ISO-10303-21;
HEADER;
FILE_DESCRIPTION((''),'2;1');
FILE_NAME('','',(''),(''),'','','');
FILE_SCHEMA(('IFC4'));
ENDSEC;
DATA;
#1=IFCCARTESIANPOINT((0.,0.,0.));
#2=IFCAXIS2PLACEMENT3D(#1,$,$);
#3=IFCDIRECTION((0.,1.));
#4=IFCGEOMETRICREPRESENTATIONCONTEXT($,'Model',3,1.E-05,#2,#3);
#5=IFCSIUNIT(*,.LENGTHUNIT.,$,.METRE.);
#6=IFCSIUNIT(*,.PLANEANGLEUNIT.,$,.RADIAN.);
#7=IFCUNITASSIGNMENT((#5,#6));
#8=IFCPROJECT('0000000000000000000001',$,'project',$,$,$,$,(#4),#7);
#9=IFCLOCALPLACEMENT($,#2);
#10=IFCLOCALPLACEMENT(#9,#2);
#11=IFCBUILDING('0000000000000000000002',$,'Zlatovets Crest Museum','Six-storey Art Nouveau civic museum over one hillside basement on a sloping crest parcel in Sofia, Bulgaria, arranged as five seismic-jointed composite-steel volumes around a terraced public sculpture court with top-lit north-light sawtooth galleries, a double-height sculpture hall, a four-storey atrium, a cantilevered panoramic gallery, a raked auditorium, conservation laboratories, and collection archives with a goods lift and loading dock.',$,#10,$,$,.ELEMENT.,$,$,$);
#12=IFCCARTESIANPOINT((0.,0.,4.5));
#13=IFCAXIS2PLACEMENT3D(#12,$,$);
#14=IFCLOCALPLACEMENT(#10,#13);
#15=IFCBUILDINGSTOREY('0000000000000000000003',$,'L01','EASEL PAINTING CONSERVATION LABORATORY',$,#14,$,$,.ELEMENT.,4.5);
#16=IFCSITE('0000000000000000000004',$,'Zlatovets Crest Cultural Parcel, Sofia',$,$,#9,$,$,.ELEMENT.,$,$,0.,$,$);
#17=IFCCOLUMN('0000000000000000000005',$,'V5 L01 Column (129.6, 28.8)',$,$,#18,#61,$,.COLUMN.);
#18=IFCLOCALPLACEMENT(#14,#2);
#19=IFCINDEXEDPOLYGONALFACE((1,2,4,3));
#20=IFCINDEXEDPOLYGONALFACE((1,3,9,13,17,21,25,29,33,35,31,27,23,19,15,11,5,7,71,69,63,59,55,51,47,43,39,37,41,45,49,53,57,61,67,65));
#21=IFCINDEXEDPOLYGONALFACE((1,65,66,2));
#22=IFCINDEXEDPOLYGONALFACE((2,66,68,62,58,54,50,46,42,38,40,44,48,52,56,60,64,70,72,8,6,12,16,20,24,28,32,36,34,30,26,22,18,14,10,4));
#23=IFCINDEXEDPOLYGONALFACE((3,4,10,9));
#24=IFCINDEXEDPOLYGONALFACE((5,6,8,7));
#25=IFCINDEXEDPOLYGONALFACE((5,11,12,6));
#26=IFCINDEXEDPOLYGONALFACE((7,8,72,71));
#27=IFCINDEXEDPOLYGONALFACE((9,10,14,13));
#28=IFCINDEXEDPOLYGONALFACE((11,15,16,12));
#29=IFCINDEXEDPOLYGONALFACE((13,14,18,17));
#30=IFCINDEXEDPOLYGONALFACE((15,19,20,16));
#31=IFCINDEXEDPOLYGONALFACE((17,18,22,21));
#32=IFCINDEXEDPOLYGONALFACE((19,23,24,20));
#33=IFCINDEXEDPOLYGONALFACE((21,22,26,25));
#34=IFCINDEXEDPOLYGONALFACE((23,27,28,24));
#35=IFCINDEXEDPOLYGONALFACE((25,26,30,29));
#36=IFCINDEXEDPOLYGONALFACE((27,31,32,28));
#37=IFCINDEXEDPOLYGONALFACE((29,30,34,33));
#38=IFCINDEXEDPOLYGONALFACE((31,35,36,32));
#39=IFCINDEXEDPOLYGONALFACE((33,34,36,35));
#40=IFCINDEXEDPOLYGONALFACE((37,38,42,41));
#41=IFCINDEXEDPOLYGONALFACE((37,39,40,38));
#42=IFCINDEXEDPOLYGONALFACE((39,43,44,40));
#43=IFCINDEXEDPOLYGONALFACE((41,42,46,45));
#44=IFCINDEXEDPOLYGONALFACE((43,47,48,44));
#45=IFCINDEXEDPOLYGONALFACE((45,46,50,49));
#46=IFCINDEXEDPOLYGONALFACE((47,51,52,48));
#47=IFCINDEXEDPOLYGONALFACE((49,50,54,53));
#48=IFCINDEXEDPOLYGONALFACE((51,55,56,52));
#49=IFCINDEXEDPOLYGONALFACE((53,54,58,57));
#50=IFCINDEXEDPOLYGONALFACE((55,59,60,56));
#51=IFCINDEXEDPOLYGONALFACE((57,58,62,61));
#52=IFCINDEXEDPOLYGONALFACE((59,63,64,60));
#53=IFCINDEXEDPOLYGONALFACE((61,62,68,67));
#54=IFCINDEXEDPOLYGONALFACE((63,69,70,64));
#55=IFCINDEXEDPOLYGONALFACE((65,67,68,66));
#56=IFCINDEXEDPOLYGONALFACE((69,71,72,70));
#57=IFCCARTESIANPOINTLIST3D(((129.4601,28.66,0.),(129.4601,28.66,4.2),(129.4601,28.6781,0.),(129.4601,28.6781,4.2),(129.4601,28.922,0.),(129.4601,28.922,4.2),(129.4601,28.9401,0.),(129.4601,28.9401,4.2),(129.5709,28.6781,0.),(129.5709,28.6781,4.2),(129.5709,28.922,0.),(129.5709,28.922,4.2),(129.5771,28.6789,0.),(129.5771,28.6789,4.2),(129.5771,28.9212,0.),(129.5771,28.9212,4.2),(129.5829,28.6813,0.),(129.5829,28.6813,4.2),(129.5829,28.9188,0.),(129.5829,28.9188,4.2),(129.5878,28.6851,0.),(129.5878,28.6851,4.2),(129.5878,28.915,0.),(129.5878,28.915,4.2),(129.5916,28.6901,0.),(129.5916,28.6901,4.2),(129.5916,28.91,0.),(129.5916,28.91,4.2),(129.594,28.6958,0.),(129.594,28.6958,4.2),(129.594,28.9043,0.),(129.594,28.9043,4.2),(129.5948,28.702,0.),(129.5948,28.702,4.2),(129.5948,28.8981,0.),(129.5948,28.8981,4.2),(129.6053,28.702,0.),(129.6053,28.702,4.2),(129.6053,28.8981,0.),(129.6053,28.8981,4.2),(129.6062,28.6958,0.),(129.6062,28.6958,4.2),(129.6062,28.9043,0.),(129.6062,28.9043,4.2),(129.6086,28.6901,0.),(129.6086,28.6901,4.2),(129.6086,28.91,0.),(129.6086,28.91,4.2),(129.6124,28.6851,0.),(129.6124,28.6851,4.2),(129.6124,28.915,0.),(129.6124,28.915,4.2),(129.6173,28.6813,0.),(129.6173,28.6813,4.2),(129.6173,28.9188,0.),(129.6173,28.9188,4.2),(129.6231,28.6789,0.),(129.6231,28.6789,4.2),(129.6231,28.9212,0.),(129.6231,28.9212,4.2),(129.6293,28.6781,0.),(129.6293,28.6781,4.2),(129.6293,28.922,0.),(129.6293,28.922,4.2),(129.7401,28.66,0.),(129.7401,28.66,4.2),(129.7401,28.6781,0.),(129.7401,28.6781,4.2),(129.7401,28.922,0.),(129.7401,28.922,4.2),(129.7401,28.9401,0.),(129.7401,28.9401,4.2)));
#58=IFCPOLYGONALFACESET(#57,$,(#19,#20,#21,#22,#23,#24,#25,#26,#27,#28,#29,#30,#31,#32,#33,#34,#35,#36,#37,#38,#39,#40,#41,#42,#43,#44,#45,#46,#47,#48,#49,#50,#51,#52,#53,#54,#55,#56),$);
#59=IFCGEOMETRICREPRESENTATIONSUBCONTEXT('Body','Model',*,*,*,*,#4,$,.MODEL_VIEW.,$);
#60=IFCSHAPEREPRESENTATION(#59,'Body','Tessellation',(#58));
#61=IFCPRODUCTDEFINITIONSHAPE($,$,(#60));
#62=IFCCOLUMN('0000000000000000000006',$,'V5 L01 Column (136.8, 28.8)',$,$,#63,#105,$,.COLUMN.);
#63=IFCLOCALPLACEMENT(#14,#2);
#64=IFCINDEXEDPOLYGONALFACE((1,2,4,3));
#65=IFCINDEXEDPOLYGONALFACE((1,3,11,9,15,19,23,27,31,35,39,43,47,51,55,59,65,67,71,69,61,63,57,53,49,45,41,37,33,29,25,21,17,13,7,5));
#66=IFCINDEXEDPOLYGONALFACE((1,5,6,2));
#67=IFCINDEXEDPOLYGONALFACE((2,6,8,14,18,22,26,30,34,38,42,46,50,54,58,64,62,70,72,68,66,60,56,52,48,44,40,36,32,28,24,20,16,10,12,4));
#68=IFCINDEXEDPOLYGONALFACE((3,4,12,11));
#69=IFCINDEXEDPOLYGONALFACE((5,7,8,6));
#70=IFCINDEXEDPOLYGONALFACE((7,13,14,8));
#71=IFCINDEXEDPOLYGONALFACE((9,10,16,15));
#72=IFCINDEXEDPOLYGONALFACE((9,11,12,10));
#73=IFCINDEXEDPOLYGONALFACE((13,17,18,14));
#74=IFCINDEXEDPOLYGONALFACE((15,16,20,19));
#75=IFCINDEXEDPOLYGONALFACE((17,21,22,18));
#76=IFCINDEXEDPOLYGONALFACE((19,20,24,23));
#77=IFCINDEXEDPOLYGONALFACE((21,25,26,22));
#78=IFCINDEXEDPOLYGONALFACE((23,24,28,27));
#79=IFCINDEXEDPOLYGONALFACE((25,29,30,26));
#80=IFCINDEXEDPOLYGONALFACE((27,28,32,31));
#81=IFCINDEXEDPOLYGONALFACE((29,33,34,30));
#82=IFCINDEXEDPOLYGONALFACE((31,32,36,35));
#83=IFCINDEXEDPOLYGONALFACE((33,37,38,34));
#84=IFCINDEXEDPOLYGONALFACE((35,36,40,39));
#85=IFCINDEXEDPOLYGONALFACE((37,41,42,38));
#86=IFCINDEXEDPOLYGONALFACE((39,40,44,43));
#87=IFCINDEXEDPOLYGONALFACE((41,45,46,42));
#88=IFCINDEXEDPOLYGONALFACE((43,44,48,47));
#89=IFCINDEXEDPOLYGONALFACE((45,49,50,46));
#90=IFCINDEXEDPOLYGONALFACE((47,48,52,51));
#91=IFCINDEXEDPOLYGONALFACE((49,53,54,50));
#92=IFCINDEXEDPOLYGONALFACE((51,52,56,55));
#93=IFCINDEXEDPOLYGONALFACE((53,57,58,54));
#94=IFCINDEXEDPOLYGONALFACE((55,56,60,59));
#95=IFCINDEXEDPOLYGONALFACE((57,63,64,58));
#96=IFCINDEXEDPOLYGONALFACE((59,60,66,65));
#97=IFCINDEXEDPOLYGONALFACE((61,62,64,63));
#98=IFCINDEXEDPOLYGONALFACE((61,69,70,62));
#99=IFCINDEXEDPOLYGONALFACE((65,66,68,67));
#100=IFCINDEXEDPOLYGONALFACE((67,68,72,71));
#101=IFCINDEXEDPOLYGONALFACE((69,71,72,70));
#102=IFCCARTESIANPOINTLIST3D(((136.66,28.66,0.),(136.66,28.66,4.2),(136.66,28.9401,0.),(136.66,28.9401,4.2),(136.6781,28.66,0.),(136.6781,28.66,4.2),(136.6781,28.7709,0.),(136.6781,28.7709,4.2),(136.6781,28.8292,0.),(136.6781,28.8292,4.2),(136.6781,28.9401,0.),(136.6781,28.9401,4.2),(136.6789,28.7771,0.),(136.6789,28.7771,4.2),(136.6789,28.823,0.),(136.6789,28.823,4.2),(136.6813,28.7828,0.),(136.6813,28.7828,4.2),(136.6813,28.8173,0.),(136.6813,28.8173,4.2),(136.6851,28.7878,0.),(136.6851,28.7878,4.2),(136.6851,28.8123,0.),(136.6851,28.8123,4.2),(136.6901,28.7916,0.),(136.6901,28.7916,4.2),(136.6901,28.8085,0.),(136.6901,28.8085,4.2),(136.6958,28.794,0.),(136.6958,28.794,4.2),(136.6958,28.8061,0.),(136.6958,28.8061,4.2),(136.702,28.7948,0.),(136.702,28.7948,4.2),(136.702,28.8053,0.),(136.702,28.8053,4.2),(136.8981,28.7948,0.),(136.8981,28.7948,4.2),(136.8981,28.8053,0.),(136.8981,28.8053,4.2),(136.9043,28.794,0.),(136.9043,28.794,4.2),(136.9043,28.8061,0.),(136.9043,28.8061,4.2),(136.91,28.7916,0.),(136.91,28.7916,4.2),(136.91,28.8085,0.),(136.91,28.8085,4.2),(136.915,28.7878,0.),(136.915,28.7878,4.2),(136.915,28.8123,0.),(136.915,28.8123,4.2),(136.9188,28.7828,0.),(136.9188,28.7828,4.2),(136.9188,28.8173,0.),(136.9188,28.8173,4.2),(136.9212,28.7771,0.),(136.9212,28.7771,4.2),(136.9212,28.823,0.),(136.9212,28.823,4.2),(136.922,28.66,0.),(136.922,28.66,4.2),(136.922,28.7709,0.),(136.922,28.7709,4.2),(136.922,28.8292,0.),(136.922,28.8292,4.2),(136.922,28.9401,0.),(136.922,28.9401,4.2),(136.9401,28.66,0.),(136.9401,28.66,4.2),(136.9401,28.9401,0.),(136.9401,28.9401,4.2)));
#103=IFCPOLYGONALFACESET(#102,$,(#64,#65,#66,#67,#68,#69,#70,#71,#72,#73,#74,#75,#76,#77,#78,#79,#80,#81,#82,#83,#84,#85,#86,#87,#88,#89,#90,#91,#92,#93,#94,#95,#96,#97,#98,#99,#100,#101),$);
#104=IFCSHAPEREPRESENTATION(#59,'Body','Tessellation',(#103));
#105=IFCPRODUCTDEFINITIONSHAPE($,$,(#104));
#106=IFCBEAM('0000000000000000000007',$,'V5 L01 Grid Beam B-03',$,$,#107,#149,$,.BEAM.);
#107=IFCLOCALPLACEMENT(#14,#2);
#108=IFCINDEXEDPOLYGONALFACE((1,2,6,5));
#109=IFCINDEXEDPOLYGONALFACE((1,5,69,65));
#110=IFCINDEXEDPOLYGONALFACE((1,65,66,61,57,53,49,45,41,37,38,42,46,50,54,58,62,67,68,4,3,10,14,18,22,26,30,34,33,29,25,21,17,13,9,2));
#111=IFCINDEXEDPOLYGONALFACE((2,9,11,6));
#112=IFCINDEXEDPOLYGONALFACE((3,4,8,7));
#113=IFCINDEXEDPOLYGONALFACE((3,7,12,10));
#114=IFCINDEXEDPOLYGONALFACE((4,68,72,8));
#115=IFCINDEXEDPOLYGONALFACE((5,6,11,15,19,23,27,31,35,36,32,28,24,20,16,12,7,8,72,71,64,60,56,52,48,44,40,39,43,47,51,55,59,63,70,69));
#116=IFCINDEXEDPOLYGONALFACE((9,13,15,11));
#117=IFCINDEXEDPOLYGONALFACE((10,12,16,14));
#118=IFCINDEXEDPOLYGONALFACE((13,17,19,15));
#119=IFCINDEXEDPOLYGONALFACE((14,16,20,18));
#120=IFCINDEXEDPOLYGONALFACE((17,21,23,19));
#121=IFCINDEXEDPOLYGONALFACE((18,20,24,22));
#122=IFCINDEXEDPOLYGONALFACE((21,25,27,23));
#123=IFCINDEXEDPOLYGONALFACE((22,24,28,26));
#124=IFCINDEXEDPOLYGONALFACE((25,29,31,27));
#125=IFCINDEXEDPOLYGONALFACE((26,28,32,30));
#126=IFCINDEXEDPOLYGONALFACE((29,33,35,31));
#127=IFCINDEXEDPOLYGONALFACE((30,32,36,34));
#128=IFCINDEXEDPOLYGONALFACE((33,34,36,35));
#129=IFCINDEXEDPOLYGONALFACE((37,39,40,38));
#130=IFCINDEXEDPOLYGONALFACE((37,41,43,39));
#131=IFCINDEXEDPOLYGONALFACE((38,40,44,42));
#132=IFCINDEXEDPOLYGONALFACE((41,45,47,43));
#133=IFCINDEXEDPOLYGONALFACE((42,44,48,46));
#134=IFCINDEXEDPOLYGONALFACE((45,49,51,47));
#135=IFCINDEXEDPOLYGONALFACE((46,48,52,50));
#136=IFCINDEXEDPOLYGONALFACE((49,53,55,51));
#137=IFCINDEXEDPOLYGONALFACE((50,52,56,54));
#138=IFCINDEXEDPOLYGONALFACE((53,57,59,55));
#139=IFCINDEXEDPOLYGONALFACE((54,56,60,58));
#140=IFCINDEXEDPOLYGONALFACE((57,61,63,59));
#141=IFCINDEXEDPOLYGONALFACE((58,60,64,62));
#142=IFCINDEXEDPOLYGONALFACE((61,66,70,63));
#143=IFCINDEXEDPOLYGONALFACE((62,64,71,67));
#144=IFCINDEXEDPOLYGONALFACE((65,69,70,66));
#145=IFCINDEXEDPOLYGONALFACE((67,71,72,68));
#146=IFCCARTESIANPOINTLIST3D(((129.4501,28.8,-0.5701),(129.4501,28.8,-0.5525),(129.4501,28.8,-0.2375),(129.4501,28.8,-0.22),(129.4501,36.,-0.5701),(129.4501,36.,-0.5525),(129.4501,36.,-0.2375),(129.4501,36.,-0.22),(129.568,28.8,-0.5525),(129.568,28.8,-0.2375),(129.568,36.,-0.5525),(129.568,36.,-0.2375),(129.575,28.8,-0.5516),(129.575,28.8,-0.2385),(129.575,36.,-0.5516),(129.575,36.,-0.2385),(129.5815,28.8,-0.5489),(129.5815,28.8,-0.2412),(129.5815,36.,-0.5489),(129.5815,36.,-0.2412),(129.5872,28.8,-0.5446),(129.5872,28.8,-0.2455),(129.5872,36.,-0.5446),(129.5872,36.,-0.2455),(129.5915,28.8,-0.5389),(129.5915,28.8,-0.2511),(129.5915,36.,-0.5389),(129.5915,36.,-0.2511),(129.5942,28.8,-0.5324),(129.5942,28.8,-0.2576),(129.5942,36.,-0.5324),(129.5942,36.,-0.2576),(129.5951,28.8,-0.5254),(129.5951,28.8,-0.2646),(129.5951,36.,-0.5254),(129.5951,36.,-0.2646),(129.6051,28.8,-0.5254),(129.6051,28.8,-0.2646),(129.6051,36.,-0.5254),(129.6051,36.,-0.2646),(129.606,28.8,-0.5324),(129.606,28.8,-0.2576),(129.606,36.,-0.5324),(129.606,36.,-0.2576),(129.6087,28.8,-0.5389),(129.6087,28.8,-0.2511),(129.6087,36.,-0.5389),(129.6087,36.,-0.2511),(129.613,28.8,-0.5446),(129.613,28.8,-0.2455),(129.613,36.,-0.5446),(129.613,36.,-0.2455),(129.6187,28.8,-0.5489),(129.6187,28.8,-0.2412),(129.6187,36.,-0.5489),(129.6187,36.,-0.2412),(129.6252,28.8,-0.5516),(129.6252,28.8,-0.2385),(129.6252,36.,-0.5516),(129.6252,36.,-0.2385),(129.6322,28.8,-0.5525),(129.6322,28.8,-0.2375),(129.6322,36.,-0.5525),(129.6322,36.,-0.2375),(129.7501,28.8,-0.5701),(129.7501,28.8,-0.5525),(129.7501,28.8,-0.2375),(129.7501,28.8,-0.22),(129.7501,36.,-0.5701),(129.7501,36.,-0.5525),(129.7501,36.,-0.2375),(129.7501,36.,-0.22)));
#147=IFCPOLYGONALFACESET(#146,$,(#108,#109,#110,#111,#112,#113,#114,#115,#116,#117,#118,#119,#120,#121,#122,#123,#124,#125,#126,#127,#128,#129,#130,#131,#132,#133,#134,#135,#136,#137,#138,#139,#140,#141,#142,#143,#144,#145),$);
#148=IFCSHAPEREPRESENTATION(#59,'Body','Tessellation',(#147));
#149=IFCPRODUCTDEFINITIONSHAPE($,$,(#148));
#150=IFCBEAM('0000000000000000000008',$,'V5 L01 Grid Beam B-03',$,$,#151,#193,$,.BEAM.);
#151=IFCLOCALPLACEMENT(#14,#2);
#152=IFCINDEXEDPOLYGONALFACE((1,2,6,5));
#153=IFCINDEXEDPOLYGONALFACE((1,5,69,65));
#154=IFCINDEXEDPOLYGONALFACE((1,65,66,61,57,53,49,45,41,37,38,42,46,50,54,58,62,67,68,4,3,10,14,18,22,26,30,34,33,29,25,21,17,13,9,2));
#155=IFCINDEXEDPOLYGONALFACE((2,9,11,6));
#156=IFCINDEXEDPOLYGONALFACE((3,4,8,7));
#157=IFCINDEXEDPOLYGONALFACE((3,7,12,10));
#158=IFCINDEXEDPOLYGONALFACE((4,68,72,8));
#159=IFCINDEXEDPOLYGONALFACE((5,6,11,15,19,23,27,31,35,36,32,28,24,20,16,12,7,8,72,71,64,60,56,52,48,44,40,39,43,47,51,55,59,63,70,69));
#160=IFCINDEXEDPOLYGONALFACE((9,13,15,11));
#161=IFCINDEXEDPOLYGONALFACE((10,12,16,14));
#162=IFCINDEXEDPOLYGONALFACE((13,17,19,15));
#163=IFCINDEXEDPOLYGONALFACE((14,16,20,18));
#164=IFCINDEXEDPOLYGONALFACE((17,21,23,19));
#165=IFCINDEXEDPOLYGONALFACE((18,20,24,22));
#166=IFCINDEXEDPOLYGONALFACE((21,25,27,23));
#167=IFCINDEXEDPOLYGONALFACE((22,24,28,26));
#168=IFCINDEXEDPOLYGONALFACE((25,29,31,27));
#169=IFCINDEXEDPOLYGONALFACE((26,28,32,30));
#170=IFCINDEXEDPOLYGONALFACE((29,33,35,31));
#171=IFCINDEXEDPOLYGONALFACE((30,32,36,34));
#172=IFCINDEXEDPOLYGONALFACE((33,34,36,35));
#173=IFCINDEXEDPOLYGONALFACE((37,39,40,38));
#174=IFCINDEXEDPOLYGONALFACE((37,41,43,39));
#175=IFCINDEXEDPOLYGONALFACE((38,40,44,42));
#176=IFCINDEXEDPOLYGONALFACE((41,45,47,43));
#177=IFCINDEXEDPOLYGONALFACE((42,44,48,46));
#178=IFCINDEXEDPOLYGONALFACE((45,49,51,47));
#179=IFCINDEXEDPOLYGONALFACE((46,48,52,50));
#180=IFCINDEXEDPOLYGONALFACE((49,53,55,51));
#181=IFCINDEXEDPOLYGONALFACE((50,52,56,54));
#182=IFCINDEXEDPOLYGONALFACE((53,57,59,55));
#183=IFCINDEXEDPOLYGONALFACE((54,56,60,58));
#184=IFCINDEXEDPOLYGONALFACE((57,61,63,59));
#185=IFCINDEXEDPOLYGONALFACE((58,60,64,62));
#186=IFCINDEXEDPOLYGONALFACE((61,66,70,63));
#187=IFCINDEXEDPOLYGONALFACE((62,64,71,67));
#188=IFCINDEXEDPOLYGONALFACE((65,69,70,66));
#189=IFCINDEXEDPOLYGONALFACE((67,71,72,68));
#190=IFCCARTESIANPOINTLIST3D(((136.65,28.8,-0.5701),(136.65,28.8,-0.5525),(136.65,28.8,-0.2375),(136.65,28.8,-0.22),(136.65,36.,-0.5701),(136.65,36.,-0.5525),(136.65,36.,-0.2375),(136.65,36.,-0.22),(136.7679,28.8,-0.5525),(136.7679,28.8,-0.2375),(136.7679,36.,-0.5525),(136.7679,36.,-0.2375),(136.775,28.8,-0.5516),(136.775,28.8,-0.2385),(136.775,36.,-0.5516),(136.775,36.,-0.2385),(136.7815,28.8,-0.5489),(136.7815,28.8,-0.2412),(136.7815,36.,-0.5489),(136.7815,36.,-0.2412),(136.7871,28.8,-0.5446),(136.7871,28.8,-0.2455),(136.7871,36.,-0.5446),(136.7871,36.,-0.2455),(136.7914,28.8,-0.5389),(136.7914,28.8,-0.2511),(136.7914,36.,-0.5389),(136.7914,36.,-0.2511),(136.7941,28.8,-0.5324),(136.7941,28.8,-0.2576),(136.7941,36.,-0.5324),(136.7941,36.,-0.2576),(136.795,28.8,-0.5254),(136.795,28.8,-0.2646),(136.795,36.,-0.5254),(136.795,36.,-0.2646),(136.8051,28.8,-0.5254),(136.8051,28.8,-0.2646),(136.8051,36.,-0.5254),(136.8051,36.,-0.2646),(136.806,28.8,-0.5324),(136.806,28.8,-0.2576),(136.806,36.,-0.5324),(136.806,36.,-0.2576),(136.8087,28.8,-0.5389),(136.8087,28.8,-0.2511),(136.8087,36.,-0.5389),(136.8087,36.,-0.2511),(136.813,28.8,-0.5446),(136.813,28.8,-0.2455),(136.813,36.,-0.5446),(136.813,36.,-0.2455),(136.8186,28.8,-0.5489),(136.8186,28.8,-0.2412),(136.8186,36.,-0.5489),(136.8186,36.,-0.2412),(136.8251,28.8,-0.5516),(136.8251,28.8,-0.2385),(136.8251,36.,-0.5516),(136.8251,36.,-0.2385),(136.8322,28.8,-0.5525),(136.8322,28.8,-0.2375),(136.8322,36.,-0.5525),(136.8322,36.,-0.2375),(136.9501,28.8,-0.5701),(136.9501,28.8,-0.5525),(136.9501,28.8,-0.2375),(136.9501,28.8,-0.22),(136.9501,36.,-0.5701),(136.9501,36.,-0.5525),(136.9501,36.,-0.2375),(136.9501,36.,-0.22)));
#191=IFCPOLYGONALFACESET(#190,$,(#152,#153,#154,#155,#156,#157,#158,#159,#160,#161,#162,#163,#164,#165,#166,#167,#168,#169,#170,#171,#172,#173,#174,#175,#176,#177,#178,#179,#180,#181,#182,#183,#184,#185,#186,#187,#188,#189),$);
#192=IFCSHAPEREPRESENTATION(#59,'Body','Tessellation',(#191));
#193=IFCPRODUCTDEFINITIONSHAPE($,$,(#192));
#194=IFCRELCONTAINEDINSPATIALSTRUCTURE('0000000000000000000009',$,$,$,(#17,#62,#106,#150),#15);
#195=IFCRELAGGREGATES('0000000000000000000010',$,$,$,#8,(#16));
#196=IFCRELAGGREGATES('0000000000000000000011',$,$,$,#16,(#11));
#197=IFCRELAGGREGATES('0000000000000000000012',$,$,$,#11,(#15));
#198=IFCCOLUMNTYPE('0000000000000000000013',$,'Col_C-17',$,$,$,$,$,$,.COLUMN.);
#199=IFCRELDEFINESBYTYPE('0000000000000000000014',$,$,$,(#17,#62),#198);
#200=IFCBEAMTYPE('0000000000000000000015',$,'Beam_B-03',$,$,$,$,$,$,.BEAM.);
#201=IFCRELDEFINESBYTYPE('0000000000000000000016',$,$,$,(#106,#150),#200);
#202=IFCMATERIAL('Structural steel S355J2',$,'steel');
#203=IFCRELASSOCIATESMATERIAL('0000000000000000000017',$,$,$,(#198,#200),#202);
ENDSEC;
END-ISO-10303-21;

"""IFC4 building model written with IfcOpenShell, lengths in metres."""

from ifc_helpers import new_model, si_unit, direction, frame, origin, origin_2d, place, context, subcontext, project, spatial, i_section, extrude, material, material_profile, profile_set, type_object, element, save


model = new_model("IFC4")

# Units and contexts
model_context = context("Model", 3, precision=1e-05, world=origin(), true_north=direction((0.0, 1.0)))
body_context = subcontext(model_context, "Body", "Model", "MODEL_VIEW")
ifc_project = project(units=[si_unit("LENGTHUNIT", "METRE"), si_unit("PLANEANGLEUNIT", "RADIAN")], contexts=[model_context])

# Site, building, storey
site_placement = place(None, origin())
site = spatial("IfcSite", under=ifc_project, at=site_placement, Name="Zlatovets Crest Cultural Parcel, Sofia", CompositionType="ELEMENT", RefElevation=0.0)
building_placement = place(site_placement, origin())
building = spatial("IfcBuilding", under=site, at=building_placement, Name="Zlatovets Crest Museum", Description="Six-storey Art Nouveau civic museum over one hillside basement on a sloping crest parcel in Sofia, Bulgaria, arranged as five seismic-jointed composite-steel volumes around a terraced public sculpture court with top-lit north-light sawtooth galleries, a double-height sculpture hall, a four-storey atrium, a cantilevered panoramic gallery, a raked auditorium, conservation laboratories, and collection archives with a goods lift and loading dock.", CompositionType="ELEMENT")
storey_placement = place(building_placement, frame((0.0, 0.0, 4.5)))
storey = spatial("IfcBuildingStorey", under=building, at=storey_placement, Name="L01", Description="EASEL PAINTING CONSERVATION LABORATORY", CompositionType="ELEMENT", Elevation=4.5)

# Columns
ifc_material_1 = material(Name="Structural steel S355J2", Category="steel")
ifc_material_profile_1 = material_profile(ifc_material_1, i_section(OverallWidth=0.28, OverallDepth=0.28, WebThickness=0.0105, FlangeThickness=0.0181, FilletRadius=0.0239, at=origin_2d()), Name="HEB 280")
ifc_profile_set_1 = profile_set([ifc_material_profile_1], Name="Structural steel S355J2")
column_type = type_object("IfcColumnType", Name="Col_C-17", PredefinedType="COLUMN", material=ifc_profile_set_1)
for number, where, z_axis, x_axis, name in (
    (1, (129.6001, 28.8, 0.0), (0.0, 0.0, 1.0), (1.0, 0.0, 0.0), "V5 L01 Column (129.6, 28.8)"),
    (2, (136.8, 28.8, 0.0), (0.0, 0.0, 1.0), (0.0, 1.0, 0.0), "V5 L01 Column (136.8, 28.8)"),
):
    element("IfcColumn", number, at=place(storey_placement, frame(where, z_axis=z_axis, x_axis=x_axis)), inside=storey, type_object=column_type, Name=name, PredefinedType="COLUMN", context=body_context, shape_type="SweptSolid", body=[
        extrude(i_section(OverallWidth=0.28, OverallDepth=0.28, WebThickness=0.0105, FlangeThickness=0.0181, FilletRadius=0.0239, at=origin_2d()), origin(), (0.0, 0.0, 1.0), 4.2),
    ])

# Beams
ifc_material_profile_2 = material_profile(ifc_material_1, i_section(OverallWidth=0.3, OverallDepth=0.3501, WebThickness=0.01, FlangeThickness=0.0176, FilletRadius=0.0271, at=origin_2d()), Name="HEA 360")
ifc_profile_set_2 = profile_set([ifc_material_profile_2], Name="Structural steel S355J2")
beam_type_1 = type_object("IfcBeamType", Name="Beam_B-03", PredefinedType="BEAM", material=ifc_profile_set_2)
for number, where, z_axis, x_axis, name in (
    (3, (129.6001, 28.8, -0.395), (0.0, 1.0, 0.0), (-1.0, 0.0, 0.0), "V5 L01 Grid Beam B-03"),
    (4, (136.8, 28.8, -0.395), (0.0, 1.0, 0.0), (-1.0, 0.0, 0.0), "V5 L01 Grid Beam B-03"),
):
    element("IfcBeam", number, at=place(storey_placement, frame(where, z_axis=z_axis, x_axis=x_axis)), inside=storey, type_object=beam_type_1, Name=name, PredefinedType="BEAM", context=body_context, shape_type="SweptSolid", body=[
        extrude(i_section(OverallWidth=0.3, OverallDepth=0.3501, WebThickness=0.01, FlangeThickness=0.0176, FilletRadius=0.0271, at=origin_2d()), origin(), (0.0, 0.0, 1.0), 7.2),
    ])

save(model, "model.ifc")
